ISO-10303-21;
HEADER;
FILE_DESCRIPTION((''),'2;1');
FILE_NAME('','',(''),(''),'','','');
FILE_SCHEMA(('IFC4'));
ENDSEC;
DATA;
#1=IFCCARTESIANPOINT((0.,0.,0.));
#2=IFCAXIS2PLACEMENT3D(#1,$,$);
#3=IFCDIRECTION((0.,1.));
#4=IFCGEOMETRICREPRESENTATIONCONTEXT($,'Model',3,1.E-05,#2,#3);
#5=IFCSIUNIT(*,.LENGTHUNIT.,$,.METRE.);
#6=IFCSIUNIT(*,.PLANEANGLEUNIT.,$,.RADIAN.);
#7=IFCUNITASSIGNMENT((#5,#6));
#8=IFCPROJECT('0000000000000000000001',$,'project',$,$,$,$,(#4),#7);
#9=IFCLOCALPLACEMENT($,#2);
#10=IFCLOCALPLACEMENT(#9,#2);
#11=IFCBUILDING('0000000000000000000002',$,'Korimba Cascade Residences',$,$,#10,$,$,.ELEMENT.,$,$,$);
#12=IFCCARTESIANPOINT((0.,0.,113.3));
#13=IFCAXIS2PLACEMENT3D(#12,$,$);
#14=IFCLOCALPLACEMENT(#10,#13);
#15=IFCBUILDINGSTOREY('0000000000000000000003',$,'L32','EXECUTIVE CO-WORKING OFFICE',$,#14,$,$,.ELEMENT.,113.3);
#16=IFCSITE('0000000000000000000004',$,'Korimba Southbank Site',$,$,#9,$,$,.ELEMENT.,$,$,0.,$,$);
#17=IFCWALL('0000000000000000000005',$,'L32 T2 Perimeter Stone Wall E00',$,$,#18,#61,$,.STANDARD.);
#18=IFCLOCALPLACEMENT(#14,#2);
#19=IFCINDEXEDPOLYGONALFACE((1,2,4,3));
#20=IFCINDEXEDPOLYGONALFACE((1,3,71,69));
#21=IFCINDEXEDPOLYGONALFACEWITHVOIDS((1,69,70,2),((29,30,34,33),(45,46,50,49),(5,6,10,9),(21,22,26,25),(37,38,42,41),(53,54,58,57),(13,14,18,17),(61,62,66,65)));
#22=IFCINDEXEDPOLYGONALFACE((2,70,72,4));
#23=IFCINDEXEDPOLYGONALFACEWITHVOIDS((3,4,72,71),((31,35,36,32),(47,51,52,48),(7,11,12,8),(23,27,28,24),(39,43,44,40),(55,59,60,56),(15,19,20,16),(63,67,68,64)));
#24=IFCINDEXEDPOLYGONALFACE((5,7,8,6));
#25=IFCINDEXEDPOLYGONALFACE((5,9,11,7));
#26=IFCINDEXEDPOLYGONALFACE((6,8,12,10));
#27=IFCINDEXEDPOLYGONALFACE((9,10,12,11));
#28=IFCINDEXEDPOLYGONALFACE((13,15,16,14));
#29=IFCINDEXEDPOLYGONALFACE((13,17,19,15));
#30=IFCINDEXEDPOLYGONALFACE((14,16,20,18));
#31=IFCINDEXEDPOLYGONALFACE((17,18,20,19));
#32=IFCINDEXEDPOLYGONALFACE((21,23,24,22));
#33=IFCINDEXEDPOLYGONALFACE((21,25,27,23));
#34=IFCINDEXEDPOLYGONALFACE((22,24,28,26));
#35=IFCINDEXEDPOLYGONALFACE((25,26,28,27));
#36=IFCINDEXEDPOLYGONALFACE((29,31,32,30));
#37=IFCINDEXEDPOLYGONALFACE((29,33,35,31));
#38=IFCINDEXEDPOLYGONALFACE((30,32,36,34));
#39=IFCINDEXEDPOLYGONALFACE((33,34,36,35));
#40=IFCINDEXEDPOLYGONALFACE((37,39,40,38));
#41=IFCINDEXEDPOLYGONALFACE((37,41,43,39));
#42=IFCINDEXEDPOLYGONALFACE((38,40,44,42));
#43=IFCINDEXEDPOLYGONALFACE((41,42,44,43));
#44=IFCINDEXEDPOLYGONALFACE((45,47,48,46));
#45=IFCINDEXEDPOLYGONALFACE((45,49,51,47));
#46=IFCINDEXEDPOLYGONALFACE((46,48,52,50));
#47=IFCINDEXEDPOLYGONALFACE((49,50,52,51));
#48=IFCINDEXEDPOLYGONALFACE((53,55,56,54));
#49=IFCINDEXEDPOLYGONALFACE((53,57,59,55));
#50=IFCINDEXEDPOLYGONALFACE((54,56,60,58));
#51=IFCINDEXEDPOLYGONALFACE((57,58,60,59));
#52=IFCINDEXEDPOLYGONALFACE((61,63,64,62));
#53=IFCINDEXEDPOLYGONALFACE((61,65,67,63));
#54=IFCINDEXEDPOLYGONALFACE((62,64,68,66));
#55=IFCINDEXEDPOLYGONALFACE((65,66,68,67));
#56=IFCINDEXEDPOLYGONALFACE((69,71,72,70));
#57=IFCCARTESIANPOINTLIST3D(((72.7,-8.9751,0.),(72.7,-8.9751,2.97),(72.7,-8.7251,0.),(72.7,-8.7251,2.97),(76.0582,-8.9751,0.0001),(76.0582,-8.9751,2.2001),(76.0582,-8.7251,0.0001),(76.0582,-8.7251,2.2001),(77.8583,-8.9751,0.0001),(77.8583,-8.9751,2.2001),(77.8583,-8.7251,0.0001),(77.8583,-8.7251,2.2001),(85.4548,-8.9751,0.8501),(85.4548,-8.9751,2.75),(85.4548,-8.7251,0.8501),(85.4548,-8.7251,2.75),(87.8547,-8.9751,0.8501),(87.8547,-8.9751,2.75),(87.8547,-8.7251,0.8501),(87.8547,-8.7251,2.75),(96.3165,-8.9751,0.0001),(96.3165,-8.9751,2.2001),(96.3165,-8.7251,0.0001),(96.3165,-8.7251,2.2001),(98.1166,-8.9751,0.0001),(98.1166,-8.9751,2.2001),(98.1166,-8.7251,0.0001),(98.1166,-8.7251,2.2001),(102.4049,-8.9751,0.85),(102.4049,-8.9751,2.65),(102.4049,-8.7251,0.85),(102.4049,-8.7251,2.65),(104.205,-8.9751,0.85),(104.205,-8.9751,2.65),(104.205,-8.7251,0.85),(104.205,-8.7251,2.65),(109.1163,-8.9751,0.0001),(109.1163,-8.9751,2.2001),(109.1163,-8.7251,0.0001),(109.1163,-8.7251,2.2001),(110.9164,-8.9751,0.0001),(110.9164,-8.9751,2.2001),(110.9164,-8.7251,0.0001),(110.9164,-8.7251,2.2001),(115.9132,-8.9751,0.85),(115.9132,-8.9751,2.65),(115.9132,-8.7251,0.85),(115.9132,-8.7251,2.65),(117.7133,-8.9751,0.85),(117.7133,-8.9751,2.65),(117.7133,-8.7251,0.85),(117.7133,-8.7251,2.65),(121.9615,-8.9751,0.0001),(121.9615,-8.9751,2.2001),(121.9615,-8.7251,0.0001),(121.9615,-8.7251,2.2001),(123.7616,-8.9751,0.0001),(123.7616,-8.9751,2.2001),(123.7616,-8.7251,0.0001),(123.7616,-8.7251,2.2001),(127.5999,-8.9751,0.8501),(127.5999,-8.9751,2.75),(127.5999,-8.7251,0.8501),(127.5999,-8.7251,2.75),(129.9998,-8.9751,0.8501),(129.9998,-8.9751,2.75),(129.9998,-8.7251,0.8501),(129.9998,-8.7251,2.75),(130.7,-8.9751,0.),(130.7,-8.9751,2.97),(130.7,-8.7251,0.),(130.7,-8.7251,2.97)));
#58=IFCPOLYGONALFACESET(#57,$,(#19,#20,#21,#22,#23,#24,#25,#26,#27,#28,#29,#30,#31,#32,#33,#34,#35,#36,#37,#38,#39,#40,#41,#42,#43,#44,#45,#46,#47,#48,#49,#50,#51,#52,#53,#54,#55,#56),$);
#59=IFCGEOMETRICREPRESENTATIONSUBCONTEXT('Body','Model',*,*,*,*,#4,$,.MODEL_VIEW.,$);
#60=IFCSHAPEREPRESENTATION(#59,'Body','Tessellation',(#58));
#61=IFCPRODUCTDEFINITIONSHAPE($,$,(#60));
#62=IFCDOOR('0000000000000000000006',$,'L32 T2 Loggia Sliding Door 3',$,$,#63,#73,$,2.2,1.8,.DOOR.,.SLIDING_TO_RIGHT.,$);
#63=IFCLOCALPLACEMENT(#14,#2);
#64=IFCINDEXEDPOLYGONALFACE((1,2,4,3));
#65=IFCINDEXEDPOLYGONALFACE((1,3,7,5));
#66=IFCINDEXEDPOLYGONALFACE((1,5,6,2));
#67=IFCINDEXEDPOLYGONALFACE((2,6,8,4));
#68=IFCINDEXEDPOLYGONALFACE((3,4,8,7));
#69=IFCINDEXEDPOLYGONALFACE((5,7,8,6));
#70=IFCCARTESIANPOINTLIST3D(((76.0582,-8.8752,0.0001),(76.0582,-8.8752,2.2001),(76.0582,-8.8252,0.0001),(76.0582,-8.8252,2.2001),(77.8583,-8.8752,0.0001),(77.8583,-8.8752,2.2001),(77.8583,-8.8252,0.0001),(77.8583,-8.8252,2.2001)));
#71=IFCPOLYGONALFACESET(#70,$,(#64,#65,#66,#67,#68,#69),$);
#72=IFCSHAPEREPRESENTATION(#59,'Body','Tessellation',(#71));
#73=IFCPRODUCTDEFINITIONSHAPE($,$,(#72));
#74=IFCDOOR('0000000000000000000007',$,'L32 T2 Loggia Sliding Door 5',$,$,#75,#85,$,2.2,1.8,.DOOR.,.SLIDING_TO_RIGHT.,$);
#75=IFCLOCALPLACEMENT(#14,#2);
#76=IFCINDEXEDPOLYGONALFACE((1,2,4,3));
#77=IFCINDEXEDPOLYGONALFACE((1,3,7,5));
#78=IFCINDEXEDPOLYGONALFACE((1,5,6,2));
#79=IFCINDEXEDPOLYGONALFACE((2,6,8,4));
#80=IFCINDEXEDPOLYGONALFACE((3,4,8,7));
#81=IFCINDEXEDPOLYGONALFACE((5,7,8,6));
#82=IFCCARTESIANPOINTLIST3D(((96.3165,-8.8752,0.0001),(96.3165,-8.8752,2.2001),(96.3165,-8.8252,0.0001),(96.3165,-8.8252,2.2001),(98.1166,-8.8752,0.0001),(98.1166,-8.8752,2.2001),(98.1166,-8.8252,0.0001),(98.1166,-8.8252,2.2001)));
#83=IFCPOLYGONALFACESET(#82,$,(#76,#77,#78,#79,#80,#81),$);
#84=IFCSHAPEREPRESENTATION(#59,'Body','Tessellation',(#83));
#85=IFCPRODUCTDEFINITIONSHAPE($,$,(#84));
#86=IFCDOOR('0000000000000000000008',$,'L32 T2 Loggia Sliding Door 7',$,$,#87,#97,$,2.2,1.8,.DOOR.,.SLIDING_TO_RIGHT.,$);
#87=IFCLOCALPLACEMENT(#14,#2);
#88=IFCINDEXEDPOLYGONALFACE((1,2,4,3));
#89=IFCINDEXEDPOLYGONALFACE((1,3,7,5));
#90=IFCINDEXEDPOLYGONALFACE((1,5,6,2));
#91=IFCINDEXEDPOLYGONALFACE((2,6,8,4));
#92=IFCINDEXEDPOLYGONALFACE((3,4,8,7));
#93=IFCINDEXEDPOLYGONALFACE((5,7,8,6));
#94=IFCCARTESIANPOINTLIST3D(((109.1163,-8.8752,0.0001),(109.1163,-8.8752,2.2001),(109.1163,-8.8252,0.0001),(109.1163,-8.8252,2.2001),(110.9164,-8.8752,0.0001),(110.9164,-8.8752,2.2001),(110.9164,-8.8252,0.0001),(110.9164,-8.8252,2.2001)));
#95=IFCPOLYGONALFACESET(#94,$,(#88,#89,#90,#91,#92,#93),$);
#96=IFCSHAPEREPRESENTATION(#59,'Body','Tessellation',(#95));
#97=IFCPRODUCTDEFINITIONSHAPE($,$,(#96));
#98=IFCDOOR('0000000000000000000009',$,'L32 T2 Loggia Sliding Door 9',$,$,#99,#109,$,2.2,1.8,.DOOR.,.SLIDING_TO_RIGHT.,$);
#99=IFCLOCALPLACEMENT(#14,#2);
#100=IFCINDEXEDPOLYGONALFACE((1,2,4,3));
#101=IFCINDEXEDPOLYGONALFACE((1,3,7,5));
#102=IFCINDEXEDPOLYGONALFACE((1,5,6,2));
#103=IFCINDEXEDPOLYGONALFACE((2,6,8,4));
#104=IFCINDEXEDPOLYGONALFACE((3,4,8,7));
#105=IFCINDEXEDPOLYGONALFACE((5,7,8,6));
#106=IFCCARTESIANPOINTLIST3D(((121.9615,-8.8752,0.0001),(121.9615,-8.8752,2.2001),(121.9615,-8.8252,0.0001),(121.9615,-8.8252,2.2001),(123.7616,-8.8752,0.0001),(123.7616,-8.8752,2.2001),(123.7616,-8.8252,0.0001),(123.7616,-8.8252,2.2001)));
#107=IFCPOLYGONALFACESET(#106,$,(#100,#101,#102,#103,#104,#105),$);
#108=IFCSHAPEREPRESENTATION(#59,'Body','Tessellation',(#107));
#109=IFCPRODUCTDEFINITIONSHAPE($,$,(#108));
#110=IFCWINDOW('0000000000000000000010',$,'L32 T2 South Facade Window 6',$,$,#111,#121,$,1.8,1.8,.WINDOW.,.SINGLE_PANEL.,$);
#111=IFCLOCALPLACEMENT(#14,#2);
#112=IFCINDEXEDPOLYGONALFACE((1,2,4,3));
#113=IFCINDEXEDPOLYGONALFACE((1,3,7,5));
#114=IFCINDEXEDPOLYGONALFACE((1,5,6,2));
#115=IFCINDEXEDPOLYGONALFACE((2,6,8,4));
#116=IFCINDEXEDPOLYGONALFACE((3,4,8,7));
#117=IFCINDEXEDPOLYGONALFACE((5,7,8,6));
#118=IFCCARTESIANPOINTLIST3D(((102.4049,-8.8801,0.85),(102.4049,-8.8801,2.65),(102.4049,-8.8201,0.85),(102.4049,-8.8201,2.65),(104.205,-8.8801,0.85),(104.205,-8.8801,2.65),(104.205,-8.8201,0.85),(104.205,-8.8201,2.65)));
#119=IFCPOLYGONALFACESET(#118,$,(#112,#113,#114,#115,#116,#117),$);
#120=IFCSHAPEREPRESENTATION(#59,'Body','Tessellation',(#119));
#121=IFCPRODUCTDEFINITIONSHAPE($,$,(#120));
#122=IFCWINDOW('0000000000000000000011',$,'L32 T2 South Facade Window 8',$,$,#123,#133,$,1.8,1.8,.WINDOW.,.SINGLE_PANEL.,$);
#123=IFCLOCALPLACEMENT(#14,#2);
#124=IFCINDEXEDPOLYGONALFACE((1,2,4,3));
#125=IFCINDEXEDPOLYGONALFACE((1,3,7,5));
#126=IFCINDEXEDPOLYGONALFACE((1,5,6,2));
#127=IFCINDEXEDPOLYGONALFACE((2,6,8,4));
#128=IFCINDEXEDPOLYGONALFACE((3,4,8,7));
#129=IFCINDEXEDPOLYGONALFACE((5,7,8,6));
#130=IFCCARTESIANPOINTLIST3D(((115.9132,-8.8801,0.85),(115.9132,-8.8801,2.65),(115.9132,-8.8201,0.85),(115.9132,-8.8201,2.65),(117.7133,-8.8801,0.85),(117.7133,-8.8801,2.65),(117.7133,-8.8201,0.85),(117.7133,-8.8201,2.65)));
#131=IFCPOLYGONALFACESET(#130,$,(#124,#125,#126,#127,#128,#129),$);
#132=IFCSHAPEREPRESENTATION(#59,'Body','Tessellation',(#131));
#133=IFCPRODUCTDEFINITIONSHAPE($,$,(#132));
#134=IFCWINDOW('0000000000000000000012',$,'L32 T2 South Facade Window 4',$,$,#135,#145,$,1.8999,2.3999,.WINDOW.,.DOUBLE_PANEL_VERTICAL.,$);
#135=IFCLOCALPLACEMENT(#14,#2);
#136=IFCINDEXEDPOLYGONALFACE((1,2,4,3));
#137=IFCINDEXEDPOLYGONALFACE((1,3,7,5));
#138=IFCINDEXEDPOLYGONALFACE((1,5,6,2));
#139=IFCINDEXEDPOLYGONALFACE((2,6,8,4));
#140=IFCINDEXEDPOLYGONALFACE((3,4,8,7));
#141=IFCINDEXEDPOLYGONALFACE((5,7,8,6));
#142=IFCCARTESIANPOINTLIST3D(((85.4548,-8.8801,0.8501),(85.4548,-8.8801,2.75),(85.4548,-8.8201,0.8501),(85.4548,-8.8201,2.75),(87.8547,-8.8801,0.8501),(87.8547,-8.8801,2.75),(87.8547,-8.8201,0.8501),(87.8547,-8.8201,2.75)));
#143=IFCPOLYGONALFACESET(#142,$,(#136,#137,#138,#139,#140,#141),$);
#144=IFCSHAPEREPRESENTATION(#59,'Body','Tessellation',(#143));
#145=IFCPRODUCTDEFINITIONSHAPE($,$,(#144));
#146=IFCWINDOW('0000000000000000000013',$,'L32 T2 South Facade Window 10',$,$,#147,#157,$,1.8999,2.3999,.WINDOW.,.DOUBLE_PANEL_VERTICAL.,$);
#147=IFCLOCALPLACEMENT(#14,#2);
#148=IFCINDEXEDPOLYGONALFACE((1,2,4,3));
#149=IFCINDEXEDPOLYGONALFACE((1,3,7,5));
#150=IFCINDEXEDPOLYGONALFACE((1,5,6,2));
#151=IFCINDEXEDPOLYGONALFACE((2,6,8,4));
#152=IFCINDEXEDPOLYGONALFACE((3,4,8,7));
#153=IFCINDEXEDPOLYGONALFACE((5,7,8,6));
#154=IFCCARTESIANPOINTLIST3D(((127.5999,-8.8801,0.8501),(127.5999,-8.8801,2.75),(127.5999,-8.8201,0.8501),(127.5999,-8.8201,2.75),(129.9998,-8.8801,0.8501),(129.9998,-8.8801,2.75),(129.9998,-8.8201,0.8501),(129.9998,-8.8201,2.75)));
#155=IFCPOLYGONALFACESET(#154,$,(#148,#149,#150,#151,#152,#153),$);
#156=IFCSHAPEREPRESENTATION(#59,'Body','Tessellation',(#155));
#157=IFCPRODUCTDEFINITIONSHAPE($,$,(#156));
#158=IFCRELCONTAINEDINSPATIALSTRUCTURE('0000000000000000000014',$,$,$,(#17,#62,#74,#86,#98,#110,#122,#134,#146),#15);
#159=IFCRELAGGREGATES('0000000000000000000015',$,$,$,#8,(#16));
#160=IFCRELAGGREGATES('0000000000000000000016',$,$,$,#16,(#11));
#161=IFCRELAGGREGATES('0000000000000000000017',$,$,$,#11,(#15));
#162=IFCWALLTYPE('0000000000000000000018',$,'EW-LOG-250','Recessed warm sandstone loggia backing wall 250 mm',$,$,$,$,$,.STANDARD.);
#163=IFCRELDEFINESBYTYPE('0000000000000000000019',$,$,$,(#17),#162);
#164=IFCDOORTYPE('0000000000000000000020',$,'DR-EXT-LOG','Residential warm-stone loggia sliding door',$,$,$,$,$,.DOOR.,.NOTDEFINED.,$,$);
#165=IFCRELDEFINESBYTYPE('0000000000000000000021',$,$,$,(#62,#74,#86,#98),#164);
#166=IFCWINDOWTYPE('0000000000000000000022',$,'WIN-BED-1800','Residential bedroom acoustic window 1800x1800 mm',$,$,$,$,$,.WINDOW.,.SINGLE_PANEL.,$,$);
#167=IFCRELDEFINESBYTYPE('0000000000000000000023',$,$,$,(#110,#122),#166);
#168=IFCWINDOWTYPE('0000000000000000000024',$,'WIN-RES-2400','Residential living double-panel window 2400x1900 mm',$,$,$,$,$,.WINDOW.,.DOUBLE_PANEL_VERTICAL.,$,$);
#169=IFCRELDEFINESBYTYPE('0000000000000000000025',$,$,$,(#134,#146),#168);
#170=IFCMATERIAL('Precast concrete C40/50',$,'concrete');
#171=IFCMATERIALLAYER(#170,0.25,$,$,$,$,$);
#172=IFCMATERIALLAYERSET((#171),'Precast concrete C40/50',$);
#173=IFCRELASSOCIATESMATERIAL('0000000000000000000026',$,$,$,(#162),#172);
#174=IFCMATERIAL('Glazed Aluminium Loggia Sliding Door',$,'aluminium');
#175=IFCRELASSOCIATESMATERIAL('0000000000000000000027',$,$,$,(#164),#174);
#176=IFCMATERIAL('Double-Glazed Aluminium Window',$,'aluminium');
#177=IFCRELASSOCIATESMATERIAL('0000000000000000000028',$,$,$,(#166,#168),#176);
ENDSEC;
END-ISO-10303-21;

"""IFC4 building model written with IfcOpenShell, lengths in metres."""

from ifc_helpers import new_model, si_unit, direction, frame, frame_2d, origin, place, context, subcontext, project, spatial, rectangle, extrude, material, layer, layer_set, type_object, element, fill, save


model = new_model("IFC4")

# Units and contexts
model_context = context("Model", 3, precision=1e-05, world=origin(), true_north=direction((0.0, 1.0)))
body_context = subcontext(model_context, "Body", "Model", "MODEL_VIEW")
ifc_project = project(units=[si_unit("LENGTHUNIT", "METRE"), si_unit("PLANEANGLEUNIT", "RADIAN")], contexts=[model_context])

# Site, building, storey
site_placement = place(None, origin())
site = spatial("IfcSite", under=ifc_project, at=site_placement, Name="Korimba Southbank Site", CompositionType="ELEMENT", RefElevation=0.0)
building_placement = place(site_placement, origin())
building = spatial("IfcBuilding", under=site, at=building_placement, Name="Korimba Cascade Residences", CompositionType="ELEMENT")
storey_placement = place(building_placement, frame((0.0, 0.0, 113.3)))
storey = spatial("IfcBuildingStorey", under=building, at=storey_placement, Name="L32", Description="EXECUTIVE CO-WORKING OFFICE", CompositionType="ELEMENT", Elevation=113.3)

# Wall, openings, doors, windows
ifc_material_1 = material(Name="Precast concrete C40/50", Category="concrete")
ifc_layer_1 = layer(ifc_material_1, 0.25)
ifc_layer_set_1 = layer_set([ifc_layer_1], Name="Precast concrete C40/50")
wall_type_1 = type_object("IfcWallType", Name="EW-LOG-250", Description="Recessed warm sandstone loggia backing wall 250 mm", PredefinedType="STANDARD", material=ifc_layer_set_1)
wall_1_placement = place(storey_placement, frame((72.7, -8.8501, 0.0), z_axis=(0.0, 0.0, 1.0), x_axis=(1.0, 0.0, 0.0)))
wall_1 = element("IfcWall", 1, at=wall_1_placement, inside=storey, type_object=wall_type_1, Name="L32 T2 Perimeter Stone Wall E00", PredefinedType="STANDARD", context=body_context, shape_type="SweptSolid", body=[
    extrude(rectangle(XDim=58.0, YDim=0.25, at=frame_2d((29.0, 0.0))), origin(), (0.0, 0.0, 1.0), 2.97),
])
opening_1_placement = place(wall_1_placement, frame((3.3584, 0.0, 0.0)))
opening_1 = element("IfcOpeningElement", 2, at=opening_1_placement, cuts=wall_1, PredefinedType="OPENING", context=body_context, shape_type="SweptSolid", body=[
    extrude(rectangle(XDim=1.8, YDim=2.2, at=frame_2d((0.8999, 1.1001))), frame((0.0, 0.135, 0.0), z_axis=(0.0, -1.0, 0.0), x_axis=(1.0, 0.0, 0.0)), (0.0, 0.0, 1.0), 0.27),
])
opening_2_placement = place(wall_1_placement, frame((12.7549, 0.0, 0.8501)))
opening_2 = element("IfcOpeningElement", 3, at=opening_2_placement, cuts=wall_1, PredefinedType="OPENING", context=body_context, shape_type="SweptSolid", body=[
    extrude(rectangle(XDim=2.3999, YDim=1.8999, at=frame_2d((1.2, 0.95))), frame((0.0, 0.135, 0.0), z_axis=(0.0, -1.0, 0.0), x_axis=(1.0, 0.0, 0.0)), (0.0, 0.0, 1.0), 0.27),
])
opening_3_placement = place(wall_1_placement, frame((23.6167, 0.0, 0.0)))
opening_3 = element("IfcOpeningElement", 4, at=opening_3_placement, cuts=wall_1, PredefinedType="OPENING", context=body_context, shape_type="SweptSolid", body=[
    extrude(rectangle(XDim=1.8, YDim=2.2, at=frame_2d((0.8999, 1.1001))), frame((0.0, 0.135, 0.0), z_axis=(0.0, -1.0, 0.0), x_axis=(1.0, 0.0, 0.0)), (0.0, 0.0, 1.0), 0.27),
])
opening_4_placement = place(wall_1_placement, frame((29.7051, 0.0, 0.8501)))
opening_4 = element("IfcOpeningElement", 5, at=opening_4_placement, cuts=wall_1, PredefinedType="OPENING", context=body_context, shape_type="SweptSolid", body=[
    extrude(rectangle(XDim=1.8, YDim=1.8, at=frame_2d((0.8999, 0.8999))), frame((0.0, 0.135, 0.0), z_axis=(0.0, -1.0, 0.0), x_axis=(1.0, 0.0, 0.0)), (0.0, 0.0, 1.0), 0.27),
])
opening_5_placement = place(wall_1_placement, frame((36.4165, 0.0, 0.0)))
opening_5 = element("IfcOpeningElement", 6, at=opening_5_placement, cuts=wall_1, PredefinedType="OPENING", context=body_context, shape_type="SweptSolid", body=[
    extrude(rectangle(XDim=1.8, YDim=2.2, at=frame_2d((0.8999, 1.1001))), frame((0.0, 0.135, 0.0), z_axis=(0.0, -1.0, 0.0), x_axis=(1.0, 0.0, 0.0)), (0.0, 0.0, 1.0), 0.27),
])
opening_6_placement = place(wall_1_placement, frame((43.2134, 0.0, 0.8501)))
opening_6 = element("IfcOpeningElement", 7, at=opening_6_placement, cuts=wall_1, PredefinedType="OPENING", context=body_context, shape_type="SweptSolid", body=[
    extrude(rectangle(XDim=1.8, YDim=1.8, at=frame_2d((0.8999, 0.8999))), frame((0.0, 0.135, 0.0), z_axis=(0.0, -1.0, 0.0), x_axis=(1.0, 0.0, 0.0)), (0.0, 0.0, 1.0), 0.27),
])
opening_7_placement = place(wall_1_placement, frame((49.2617, 0.0, 0.0)))
opening_7 = element("IfcOpeningElement", 8, at=opening_7_placement, cuts=wall_1, PredefinedType="OPENING", context=body_context, shape_type="SweptSolid", body=[
    extrude(rectangle(XDim=1.8, YDim=2.2, at=frame_2d((0.8999, 1.1001))), frame((0.0, 0.135, 0.0), z_axis=(0.0, -1.0, 0.0), x_axis=(1.0, 0.0, 0.0)), (0.0, 0.0, 1.0), 0.27),
])
opening_8_placement = place(wall_1_placement, frame((54.8999, 0.0, 0.8501)))
opening_8 = element("IfcOpeningElement", 9, at=opening_8_placement, cuts=wall_1, PredefinedType="OPENING", context=body_context, shape_type="SweptSolid", body=[
    extrude(rectangle(XDim=2.3999, YDim=1.8999, at=frame_2d((1.2, 0.95))), frame((0.0, 0.135, 0.0), z_axis=(0.0, -1.0, 0.0), x_axis=(1.0, 0.0, 0.0)), (0.0, 0.0, 1.0), 0.27),
])
ifc_material_2 = material(Name="Glazed Aluminium Loggia Sliding Door", Category="aluminium")
door_type_1 = type_object("IfcDoorType", Name="DR-EXT-LOG", Description="Residential warm-stone loggia sliding door", OperationType="NOTDEFINED", PredefinedType="DOOR", material=ifc_material_2)
door_1_placement = place(opening_1_placement, origin())
door_1 = element("IfcDoor", 10, at=door_1_placement, inside=storey, type_object=door_type_1, Name="L32 T2 Loggia Sliding Door 3", OperationType="SLIDING_TO_RIGHT", OverallHeight=2.2, OverallWidth=1.8, PredefinedType="DOOR", context=body_context, shape_type="SweptSolid", body=[
    extrude(rectangle(XDim=1.8, YDim=2.2, at=frame_2d((0.8999, 1.1001))), frame((0.0, 0.0249, 0.0), z_axis=(0.0, -1.0, 0.0), x_axis=(1.0, 0.0, 0.0)), (0.0, 0.0, 1.0), 0.05),
])
fill(opening_1, door_1)
door_2_placement = place(opening_3_placement, origin())
door_2 = element("IfcDoor", 11, at=door_2_placement, inside=storey, type_object=door_type_1, Name="L32 T2 Loggia Sliding Door 5", OperationType="SLIDING_TO_RIGHT", OverallHeight=2.2, OverallWidth=1.8, PredefinedType="DOOR", context=body_context, shape_type="SweptSolid", body=[
    extrude(rectangle(XDim=1.8, YDim=2.2, at=frame_2d((0.8999, 1.1001))), frame((0.0, 0.0249, 0.0), z_axis=(0.0, -1.0, 0.0), x_axis=(1.0, 0.0, 0.0)), (0.0, 0.0, 1.0), 0.05),
])
fill(opening_3, door_2)
door_3_placement = place(opening_5_placement, origin())
door_3 = element("IfcDoor", 12, at=door_3_placement, inside=storey, type_object=door_type_1, Name="L32 T2 Loggia Sliding Door 7", OperationType="SLIDING_TO_RIGHT", OverallHeight=2.2, OverallWidth=1.8, PredefinedType="DOOR", context=body_context, shape_type="SweptSolid", body=[
    extrude(rectangle(XDim=1.8, YDim=2.2, at=frame_2d((0.8999, 1.1001))), frame((0.0, 0.0249, 0.0), z_axis=(0.0, -1.0, 0.0), x_axis=(1.0, 0.0, 0.0)), (0.0, 0.0, 1.0), 0.05),
])
fill(opening_5, door_3)
door_4_placement = place(opening_7_placement, origin())
door_4 = element("IfcDoor", 13, at=door_4_placement, inside=storey, type_object=door_type_1, Name="L32 T2 Loggia Sliding Door 9", OperationType="SLIDING_TO_RIGHT", OverallHeight=2.2, OverallWidth=1.8, PredefinedType="DOOR", context=body_context, shape_type="SweptSolid", body=[
    extrude(rectangle(XDim=1.8, YDim=2.2, at=frame_2d((0.8999, 1.1001))), frame((0.0, 0.0249, 0.0), z_axis=(0.0, -1.0, 0.0), x_axis=(1.0, 0.0, 0.0)), (0.0, 0.0, 1.0), 0.05),
])
fill(opening_7, door_4)
ifc_material_3 = material(Name="Double-Glazed Aluminium Window", Category="aluminium")
window_type_1 = type_object("IfcWindowType", Name="WIN-BED-1800", Description="Residential bedroom acoustic window 1800x1800 mm", PartitioningType="SINGLE_PANEL", PredefinedType="WINDOW", material=ifc_material_3)
window_1_placement = place(opening_4_placement, origin())
window_1 = element("IfcWindow", 14, at=window_1_placement, inside=storey, type_object=window_type_1, Name="L32 T2 South Facade Window 6", OverallHeight=1.8, OverallWidth=1.8, PartitioningType="SINGLE_PANEL", PredefinedType="WINDOW", context=body_context, shape_type="SweptSolid", body=[
    extrude(rectangle(XDim=1.8, YDim=1.8, at=frame_2d((0.8999, 0.8999))), frame((0.0, 0.03, 0.0), z_axis=(0.0, -1.0, 0.0), x_axis=(1.0, 0.0, 0.0)), (0.0, 0.0, 1.0), 0.0601),
])
fill(opening_4, window_1)
window_2_placement = place(opening_6_placement, origin())
window_2 = element("IfcWindow", 15, at=window_2_placement, inside=storey, type_object=window_type_1, Name="L32 T2 South Facade Window 8", OverallHeight=1.8, OverallWidth=1.8, PartitioningType="SINGLE_PANEL", PredefinedType="WINDOW", context=body_context, shape_type="SweptSolid", body=[
    extrude(rectangle(XDim=1.8, YDim=1.8, at=frame_2d((0.8999, 0.8999))), frame((0.0, 0.03, 0.0), z_axis=(0.0, -1.0, 0.0), x_axis=(1.0, 0.0, 0.0)), (0.0, 0.0, 1.0), 0.0601),
])
fill(opening_6, window_2)
window_type_2 = type_object("IfcWindowType", Name="WIN-RES-2400", Description="Residential living double-panel window 2400x1900 mm", PartitioningType="DOUBLE_PANEL_VERTICAL", PredefinedType="WINDOW", material=ifc_material_3)
window_3_placement = place(opening_2_placement, origin())
window_3 = element("IfcWindow", 16, at=window_3_placement, inside=storey, type_object=window_type_2, Name="L32 T2 South Facade Window 4", OverallHeight=1.8999, OverallWidth=2.3999, PartitioningType="DOUBLE_PANEL_VERTICAL", PredefinedType="WINDOW", context=body_context, shape_type="SweptSolid", body=[
    extrude(rectangle(XDim=2.3999, YDim=1.8999, at=frame_2d((1.2, 0.95))), frame((0.0, 0.03, 0.0), z_axis=(0.0, -1.0, 0.0), x_axis=(1.0, 0.0, 0.0)), (0.0, 0.0, 1.0), 0.0601),
])
fill(opening_2, window_3)
window_4_placement = place(opening_8_placement, origin())
window_4 = element("IfcWindow", 17, at=window_4_placement, inside=storey, type_object=window_type_2, Name="L32 T2 South Facade Window 10", OverallHeight=1.8999, OverallWidth=2.3999, PartitioningType="DOUBLE_PANEL_VERTICAL", PredefinedType="WINDOW", context=body_context, shape_type="SweptSolid", body=[
    extrude(rectangle(XDim=2.3999, YDim=1.8999, at=frame_2d((1.2, 0.95))), frame((0.0, 0.03, 0.0), z_axis=(0.0, -1.0, 0.0), x_axis=(1.0, 0.0, 0.0)), (0.0, 0.0, 1.0), 0.0601),
])
fill(opening_8, window_4)

save(model, "model.ifc")
